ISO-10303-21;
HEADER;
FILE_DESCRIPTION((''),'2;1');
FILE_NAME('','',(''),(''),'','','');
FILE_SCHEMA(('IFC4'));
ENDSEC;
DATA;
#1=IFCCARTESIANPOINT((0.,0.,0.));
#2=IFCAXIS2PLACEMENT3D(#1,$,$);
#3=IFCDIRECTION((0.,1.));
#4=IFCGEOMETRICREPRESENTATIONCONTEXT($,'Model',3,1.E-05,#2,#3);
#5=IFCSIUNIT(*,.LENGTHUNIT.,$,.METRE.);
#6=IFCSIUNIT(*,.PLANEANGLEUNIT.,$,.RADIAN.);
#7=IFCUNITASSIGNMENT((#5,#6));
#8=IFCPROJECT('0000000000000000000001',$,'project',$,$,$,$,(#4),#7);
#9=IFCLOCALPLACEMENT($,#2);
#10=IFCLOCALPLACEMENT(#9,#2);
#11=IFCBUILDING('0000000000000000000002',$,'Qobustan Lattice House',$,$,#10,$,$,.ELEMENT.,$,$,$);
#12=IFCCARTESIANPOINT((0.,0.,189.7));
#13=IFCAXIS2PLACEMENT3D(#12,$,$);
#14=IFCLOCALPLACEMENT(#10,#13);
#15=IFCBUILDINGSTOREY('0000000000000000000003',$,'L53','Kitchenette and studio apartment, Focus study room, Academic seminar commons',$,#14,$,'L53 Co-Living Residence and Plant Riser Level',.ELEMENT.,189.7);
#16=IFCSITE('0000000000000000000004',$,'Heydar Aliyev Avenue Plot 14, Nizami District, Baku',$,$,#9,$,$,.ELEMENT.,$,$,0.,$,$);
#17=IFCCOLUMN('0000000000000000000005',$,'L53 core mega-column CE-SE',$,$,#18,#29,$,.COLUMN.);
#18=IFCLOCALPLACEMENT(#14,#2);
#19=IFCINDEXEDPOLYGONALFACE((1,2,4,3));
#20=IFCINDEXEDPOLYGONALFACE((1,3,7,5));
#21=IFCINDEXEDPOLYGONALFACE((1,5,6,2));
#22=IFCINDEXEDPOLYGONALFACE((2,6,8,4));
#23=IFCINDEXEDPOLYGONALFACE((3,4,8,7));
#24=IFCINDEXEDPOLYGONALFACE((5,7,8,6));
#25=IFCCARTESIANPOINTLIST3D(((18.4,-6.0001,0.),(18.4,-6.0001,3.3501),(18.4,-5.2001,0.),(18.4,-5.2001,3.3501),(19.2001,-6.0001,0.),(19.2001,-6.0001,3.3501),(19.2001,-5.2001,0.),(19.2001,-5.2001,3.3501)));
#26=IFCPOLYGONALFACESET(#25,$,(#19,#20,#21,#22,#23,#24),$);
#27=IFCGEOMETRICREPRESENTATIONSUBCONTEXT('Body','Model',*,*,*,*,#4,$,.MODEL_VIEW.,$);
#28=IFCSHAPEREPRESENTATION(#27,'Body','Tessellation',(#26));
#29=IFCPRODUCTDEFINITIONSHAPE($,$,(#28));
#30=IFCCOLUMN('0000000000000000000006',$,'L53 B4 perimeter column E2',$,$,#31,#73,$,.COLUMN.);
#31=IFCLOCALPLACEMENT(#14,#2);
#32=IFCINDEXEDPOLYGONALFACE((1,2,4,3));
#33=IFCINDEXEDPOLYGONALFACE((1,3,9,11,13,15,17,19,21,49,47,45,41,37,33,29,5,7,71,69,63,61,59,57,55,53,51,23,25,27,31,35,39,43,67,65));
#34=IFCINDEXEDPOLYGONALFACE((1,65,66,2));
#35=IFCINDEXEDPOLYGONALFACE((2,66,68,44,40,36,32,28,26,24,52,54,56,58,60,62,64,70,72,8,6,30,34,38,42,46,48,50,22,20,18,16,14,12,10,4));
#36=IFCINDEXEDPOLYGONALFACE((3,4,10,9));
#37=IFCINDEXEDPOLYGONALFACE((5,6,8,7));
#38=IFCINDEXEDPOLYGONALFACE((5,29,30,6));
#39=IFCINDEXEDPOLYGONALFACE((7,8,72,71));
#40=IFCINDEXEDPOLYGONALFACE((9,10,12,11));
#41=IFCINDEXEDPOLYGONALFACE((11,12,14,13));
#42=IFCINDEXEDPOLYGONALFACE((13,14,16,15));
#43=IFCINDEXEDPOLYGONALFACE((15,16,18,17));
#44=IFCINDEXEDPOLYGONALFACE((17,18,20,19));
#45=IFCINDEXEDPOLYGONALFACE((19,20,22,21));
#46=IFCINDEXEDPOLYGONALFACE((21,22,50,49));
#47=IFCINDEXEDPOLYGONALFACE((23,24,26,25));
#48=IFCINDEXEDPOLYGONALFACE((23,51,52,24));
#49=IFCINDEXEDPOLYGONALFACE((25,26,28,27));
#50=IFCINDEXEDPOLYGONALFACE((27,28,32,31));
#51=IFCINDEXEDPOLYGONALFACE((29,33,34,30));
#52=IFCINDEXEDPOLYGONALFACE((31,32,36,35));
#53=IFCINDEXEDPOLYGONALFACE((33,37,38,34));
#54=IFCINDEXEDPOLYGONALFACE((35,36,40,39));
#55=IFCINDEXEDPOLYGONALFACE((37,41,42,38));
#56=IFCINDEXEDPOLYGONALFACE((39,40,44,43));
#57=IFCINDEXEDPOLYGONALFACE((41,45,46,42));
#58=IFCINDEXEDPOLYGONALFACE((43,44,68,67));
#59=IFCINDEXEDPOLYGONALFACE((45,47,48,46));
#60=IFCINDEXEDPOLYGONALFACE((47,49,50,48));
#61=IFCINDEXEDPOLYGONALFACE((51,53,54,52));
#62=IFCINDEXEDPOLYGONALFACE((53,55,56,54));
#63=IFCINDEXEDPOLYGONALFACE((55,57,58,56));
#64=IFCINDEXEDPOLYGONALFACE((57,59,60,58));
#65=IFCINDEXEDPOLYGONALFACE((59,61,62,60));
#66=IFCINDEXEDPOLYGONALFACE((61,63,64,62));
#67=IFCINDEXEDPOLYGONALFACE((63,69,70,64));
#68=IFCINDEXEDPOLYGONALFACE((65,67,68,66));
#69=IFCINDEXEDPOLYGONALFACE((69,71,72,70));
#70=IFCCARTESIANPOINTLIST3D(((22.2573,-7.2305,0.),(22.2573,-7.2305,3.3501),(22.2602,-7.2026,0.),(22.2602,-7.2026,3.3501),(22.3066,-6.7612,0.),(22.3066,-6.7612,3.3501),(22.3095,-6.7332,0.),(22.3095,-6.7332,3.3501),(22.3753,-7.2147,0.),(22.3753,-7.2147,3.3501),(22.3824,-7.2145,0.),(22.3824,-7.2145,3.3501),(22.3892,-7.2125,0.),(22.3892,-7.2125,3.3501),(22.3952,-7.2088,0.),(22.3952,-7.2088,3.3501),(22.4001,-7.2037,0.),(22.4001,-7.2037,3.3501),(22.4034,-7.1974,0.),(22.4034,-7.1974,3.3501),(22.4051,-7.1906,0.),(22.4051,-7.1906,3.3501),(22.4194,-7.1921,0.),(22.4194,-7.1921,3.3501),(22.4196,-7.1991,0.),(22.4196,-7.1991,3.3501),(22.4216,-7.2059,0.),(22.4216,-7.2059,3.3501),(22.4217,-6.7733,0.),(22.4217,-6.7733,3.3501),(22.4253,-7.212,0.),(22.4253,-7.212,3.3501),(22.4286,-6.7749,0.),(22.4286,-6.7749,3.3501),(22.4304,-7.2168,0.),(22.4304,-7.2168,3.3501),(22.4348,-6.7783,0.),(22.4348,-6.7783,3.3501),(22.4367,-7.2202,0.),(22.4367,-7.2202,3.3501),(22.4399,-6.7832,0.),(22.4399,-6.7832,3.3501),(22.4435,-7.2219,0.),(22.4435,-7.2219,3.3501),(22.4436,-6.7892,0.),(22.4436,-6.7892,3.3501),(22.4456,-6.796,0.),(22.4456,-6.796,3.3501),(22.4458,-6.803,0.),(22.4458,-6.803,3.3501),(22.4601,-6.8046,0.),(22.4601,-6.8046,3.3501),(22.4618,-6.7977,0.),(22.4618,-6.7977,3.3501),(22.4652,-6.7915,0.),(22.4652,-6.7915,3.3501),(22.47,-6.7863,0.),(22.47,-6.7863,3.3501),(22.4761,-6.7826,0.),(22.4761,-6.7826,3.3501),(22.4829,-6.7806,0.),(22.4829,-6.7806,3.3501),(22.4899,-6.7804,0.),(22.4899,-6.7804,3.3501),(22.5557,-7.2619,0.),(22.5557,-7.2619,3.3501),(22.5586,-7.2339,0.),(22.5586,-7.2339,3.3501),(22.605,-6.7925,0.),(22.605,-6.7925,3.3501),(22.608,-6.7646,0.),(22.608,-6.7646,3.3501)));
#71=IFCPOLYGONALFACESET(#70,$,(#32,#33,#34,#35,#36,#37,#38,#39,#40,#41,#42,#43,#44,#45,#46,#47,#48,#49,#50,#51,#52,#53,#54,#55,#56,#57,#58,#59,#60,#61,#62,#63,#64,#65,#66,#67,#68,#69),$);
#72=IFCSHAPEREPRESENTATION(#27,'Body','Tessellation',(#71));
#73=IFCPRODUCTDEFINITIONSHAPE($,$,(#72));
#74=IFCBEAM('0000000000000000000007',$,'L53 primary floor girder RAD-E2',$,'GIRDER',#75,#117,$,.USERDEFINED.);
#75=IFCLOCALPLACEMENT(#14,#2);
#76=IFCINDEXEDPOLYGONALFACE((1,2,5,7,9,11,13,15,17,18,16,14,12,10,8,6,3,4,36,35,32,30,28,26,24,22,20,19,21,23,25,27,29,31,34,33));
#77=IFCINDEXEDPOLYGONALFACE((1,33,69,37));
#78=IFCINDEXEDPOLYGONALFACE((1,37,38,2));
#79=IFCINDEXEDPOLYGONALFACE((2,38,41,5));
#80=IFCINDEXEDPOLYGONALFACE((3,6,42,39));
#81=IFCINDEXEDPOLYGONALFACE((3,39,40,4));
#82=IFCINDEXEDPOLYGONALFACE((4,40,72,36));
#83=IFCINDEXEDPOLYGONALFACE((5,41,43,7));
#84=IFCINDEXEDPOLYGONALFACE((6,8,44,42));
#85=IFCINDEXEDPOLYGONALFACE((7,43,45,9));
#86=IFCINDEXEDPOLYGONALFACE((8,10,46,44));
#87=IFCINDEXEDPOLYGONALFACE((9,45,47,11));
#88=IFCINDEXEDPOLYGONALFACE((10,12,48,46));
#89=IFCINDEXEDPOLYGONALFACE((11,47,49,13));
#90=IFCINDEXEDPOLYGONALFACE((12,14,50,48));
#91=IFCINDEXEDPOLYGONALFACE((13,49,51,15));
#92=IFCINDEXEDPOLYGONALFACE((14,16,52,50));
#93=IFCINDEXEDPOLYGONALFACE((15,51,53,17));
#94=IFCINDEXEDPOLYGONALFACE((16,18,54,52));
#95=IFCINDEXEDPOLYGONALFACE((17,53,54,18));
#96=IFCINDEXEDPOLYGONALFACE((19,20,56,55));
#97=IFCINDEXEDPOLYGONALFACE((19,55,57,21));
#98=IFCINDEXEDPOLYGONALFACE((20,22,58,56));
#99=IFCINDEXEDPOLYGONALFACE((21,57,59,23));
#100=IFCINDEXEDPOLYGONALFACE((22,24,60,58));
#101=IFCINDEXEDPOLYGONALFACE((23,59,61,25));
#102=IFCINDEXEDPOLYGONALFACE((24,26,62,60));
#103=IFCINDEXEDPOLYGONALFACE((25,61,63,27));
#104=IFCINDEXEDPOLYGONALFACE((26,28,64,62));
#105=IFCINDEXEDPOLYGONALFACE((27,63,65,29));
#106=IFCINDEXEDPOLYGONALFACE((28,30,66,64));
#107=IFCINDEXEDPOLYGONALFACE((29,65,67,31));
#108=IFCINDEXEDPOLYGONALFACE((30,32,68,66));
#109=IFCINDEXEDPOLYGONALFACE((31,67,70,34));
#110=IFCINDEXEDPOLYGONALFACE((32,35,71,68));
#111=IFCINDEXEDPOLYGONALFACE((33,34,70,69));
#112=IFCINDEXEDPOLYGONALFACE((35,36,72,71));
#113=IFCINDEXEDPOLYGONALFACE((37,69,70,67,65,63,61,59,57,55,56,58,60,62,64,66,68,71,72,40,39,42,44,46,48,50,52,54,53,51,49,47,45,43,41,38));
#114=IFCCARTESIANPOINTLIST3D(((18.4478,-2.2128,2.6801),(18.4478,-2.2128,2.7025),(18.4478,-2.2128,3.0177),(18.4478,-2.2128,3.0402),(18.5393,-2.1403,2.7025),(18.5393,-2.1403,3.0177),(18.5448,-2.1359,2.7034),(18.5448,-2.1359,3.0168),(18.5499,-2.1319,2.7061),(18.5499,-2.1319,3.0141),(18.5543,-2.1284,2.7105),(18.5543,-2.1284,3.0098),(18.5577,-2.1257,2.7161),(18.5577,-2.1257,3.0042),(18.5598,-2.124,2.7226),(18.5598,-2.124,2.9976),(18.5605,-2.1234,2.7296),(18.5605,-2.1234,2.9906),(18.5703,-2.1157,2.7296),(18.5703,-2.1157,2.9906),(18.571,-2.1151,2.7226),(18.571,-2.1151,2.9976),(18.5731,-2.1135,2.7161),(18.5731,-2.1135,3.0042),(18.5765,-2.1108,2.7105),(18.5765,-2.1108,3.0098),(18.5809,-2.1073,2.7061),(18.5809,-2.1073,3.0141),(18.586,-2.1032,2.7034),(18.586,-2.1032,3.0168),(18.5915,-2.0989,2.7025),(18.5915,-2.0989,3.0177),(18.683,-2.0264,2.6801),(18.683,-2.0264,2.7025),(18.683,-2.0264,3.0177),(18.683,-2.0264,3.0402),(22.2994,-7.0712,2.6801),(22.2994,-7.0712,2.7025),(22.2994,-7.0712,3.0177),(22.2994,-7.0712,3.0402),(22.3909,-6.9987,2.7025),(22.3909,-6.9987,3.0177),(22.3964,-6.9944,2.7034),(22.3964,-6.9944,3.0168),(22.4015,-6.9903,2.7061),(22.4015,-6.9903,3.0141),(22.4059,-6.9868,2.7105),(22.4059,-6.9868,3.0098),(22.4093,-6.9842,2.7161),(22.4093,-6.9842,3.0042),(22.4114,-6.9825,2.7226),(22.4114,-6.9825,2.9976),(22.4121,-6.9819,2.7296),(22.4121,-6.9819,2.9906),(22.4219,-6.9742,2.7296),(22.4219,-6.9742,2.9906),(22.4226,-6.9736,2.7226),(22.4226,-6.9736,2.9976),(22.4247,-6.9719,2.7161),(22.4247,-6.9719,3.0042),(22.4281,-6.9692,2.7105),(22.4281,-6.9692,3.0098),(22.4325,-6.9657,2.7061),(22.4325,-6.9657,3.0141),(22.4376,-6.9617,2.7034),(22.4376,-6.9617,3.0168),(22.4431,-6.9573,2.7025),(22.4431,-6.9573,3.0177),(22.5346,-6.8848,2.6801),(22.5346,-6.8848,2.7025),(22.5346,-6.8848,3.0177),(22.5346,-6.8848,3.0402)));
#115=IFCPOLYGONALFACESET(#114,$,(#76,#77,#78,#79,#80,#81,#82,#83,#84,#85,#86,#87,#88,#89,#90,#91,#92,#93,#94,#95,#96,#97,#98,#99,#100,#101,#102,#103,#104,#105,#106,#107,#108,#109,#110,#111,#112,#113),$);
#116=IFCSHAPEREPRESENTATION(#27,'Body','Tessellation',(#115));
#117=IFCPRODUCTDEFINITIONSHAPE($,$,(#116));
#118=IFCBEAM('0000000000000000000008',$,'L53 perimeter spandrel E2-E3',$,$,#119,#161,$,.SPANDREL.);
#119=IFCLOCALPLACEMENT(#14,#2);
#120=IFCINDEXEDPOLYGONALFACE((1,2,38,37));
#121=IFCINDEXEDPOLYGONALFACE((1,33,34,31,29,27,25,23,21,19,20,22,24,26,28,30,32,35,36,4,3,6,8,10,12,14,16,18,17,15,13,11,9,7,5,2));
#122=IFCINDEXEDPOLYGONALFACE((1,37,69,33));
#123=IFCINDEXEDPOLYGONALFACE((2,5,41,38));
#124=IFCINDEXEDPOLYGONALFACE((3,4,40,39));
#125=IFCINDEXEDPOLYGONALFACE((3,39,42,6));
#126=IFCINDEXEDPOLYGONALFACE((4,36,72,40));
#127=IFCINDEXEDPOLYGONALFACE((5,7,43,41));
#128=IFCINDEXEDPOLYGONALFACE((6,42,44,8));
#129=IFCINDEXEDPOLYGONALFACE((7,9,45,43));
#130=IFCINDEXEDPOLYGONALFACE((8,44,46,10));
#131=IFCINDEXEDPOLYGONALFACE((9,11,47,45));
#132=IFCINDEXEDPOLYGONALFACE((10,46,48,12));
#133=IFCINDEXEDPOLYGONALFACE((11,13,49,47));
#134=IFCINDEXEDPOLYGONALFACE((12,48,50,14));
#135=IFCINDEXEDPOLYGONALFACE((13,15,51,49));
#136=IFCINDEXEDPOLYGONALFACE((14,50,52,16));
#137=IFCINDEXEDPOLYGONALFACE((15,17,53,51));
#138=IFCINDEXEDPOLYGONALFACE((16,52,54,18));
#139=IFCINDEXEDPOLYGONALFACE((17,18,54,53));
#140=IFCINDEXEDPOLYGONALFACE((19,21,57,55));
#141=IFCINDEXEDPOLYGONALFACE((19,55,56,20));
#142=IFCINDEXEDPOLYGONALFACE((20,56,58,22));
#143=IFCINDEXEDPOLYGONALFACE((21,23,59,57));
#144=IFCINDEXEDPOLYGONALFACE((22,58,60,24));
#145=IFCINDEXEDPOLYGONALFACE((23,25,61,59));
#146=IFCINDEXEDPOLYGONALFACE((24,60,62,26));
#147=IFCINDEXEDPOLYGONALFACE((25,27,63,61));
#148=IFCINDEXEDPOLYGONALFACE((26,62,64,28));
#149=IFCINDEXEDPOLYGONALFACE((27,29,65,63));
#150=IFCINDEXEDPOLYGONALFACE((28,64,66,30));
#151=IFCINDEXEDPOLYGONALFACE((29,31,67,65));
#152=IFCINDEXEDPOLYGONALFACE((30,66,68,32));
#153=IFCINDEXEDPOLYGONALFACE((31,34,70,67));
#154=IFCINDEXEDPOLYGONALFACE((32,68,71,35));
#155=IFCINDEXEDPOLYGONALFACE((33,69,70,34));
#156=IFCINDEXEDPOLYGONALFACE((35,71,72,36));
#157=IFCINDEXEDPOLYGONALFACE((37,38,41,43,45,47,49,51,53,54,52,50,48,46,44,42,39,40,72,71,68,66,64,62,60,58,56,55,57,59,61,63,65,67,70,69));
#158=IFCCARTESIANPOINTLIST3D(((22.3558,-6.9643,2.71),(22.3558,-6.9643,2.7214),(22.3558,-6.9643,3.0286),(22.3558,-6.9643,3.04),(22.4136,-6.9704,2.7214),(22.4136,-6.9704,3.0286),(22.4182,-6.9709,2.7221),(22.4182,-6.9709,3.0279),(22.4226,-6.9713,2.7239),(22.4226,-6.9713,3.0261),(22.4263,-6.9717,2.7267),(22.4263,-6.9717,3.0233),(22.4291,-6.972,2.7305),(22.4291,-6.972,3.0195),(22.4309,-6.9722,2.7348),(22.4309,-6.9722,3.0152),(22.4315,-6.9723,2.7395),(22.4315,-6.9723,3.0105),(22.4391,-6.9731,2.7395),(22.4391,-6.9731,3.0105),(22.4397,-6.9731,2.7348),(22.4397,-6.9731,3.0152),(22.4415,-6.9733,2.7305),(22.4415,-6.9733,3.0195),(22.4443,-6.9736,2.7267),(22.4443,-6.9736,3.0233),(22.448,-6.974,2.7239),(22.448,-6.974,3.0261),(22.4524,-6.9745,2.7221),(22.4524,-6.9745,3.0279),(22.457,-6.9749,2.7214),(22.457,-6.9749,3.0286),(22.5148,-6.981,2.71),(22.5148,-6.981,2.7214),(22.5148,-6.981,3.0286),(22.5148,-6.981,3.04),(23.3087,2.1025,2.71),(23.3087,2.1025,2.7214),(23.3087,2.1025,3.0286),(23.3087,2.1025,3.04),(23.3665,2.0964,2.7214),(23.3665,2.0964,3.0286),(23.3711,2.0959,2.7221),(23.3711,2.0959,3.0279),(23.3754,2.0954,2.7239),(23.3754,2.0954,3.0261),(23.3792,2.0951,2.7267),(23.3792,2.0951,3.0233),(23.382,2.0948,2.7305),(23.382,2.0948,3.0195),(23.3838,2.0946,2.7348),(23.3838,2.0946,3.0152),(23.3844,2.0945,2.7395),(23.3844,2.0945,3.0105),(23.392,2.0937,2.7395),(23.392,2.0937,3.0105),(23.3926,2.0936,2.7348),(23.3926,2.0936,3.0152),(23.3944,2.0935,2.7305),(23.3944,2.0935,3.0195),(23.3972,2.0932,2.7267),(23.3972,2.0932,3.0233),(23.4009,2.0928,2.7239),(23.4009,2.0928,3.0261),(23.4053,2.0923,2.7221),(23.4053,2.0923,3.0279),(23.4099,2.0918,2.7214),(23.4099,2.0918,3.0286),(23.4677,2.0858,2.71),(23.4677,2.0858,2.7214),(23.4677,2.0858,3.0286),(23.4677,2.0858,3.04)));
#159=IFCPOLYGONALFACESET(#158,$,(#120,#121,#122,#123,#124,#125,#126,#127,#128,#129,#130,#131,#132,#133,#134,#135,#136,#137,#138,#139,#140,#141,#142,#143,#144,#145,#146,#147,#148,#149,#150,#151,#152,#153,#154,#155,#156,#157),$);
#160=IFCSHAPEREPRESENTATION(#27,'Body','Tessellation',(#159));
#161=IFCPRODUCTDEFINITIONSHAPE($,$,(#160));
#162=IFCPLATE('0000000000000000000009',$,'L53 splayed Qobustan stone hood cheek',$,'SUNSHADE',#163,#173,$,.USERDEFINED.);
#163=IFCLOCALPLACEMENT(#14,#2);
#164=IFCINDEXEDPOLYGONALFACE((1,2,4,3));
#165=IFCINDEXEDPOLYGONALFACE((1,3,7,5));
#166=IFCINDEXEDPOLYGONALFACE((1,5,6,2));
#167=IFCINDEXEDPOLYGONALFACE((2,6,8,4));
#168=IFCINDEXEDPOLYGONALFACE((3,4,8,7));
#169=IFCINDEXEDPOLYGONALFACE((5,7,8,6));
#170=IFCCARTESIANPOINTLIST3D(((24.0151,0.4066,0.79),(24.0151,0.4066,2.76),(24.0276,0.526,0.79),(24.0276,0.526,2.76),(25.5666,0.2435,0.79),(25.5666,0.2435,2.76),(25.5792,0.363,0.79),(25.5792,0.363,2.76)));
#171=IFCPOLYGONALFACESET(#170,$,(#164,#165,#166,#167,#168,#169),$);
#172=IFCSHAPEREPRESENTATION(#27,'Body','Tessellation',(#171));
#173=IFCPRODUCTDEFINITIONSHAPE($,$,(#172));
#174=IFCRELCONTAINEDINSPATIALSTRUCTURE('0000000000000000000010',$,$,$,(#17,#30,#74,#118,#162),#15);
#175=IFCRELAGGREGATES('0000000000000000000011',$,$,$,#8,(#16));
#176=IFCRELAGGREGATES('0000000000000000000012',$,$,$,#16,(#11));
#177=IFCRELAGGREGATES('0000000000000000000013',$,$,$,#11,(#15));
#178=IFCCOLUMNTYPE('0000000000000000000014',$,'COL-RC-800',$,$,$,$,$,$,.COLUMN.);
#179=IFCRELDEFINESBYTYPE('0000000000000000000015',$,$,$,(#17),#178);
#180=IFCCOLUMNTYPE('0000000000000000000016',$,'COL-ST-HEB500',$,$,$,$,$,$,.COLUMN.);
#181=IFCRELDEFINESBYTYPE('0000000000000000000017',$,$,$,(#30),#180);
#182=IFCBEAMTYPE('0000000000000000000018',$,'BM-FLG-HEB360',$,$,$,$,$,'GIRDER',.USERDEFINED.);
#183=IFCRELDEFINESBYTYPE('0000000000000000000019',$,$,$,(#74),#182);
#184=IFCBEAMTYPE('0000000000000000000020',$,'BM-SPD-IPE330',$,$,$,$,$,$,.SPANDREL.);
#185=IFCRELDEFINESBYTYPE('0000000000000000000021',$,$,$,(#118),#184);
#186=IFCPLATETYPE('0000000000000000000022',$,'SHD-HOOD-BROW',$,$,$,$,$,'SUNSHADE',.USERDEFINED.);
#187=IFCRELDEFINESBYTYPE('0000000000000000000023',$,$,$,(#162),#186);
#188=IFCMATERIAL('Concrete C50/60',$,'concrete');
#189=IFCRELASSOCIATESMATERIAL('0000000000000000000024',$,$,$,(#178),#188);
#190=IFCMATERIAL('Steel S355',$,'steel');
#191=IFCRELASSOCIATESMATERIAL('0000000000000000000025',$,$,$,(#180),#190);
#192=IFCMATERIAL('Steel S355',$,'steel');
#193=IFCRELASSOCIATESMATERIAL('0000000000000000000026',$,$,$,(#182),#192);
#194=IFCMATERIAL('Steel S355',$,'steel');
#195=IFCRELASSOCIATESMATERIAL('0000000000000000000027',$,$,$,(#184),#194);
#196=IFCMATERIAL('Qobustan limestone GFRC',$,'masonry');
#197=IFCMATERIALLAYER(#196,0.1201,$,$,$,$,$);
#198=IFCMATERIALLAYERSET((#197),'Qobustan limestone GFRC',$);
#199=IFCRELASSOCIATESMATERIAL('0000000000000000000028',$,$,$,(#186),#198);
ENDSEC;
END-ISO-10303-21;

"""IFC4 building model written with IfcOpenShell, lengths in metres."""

from ifc_helpers import new_model, si_unit, direction, frame, origin, origin_2d, place, context, subcontext, project, spatial, rectangle, i_section, extrude, material, layer, layer_set, material_profile, profile_set, type_object, element, save


model = new_model("IFC4")

# Units and contexts
model_context = context("Model", 3, precision=1e-05, world=origin(), true_north=direction((0.0, 1.0)))
body_context = subcontext(model_context, "Body", "Model", "MODEL_VIEW")
ifc_project = project(units=[si_unit("LENGTHUNIT", "METRE"), si_unit("PLANEANGLEUNIT", "RADIAN")], contexts=[model_context])

# Site, building, storey
site_placement = place(None, origin())
site = spatial("IfcSite", under=ifc_project, at=site_placement, Name="Heydar Aliyev Avenue Plot 14, Nizami District, Baku", CompositionType="ELEMENT", RefElevation=0.0)
building_placement = place(site_placement, origin())
building = spatial("IfcBuilding", under=site, at=building_placement, Name="Qobustan Lattice House", CompositionType="ELEMENT")
storey_placement = place(building_placement, frame((0.0, 0.0, 189.7)))
storey = spatial("IfcBuildingStorey", under=building, at=storey_placement, Name="L53", Description="Kitchenette and studio apartment, Focus study room, Academic seminar commons", LongName="L53 Co-Living Residence and Plant Riser Level", CompositionType="ELEMENT", Elevation=189.7)

# Columns
ifc_material_1 = material(Name="Concrete C50/60", Category="concrete")
ifc_material_profile_1 = material_profile(ifc_material_1, rectangle(XDim=0.8, YDim=0.8, at=origin_2d()), Name="RC800x800")
ifc_profile_set_1 = profile_set([ifc_material_profile_1], Name="Concrete C50/60")
column_type_1 = type_object("IfcColumnType", Name="COL-RC-800", PredefinedType="COLUMN", material=ifc_profile_set_1)
column_1_placement = place(storey_placement, frame((18.8, -5.6001, 0.0), z_axis=(0.0, 0.0, 1.0), x_axis=(1.0, 0.0, 0.0)))
element("IfcColumn", 1, at=column_1_placement, inside=storey, type_object=column_type_1, Name="L53 core mega-column CE-SE", PredefinedType="COLUMN", context=body_context, shape_type="SweptSolid", body=[
    extrude(rectangle(XDim=0.8, YDim=0.8, at=origin_2d()), origin(), (0.0, 0.0, 1.0), 3.3501),
])
ifc_material_2 = material(Name="Steel S355", Category="steel")
ifc_material_profile_2 = material_profile(ifc_material_2, i_section(OverallWidth=0.3, OverallDepth=0.5, WebThickness=0.0144, FlangeThickness=0.0281, FilletRadius=0.0271, at=origin_2d()), Name="HEB500")
ifc_profile_set_2 = profile_set([ifc_material_profile_2], Name="Steel S355")
column_type_2 = type_object("IfcColumnType", Name="COL-ST-HEB500", PredefinedType="COLUMN", material=ifc_profile_set_2)
column_2_placement = place(storey_placement, frame((22.4326, -6.9976, 0.0), z_axis=(0.0, 0.0, 1.0), x_axis=(0.994522, -0.104528, 0.0)))
element("IfcColumn", 2, at=column_2_placement, inside=storey, type_object=column_type_2, Name="L53 B4 perimeter column E2", PredefinedType="COLUMN", context=body_context, shape_type="SweptSolid", body=[
    extrude(i_section(OverallWidth=0.3, OverallDepth=0.5, WebThickness=0.0144, FlangeThickness=0.0281, FilletRadius=0.0271, at=origin_2d()), origin(), (0.0, 0.0, 1.0), 3.3501),
])

# Beams
ifc_material_3 = material(Name="Steel S355", Category="steel")
ifc_material_profile_3 = material_profile(ifc_material_3, i_section(OverallWidth=0.3, OverallDepth=0.3601, WebThickness=0.0125, FlangeThickness=0.0225, FilletRadius=0.0271, at=origin_2d()), Name="HEB360")
ifc_profile_set_3 = profile_set([ifc_material_profile_3], Name="Steel S355")
beam_type_1 = type_object("IfcBeamType", Name="BM-FLG-HEB360", ElementType="GIRDER", PredefinedType="USERDEFINED", material=ifc_profile_set_3)
beam_1_placement = place(storey_placement, frame((22.417, -6.978, 2.8601), z_axis=(-0.621231, 0.783627, 0.0), x_axis=(-0.783627, -0.621231, 0.0)))
element("IfcBeam", 3, at=beam_1_placement, inside=storey, type_object=beam_type_1, Name="L53 primary floor girder RAD-E2", ObjectType="GIRDER", PredefinedType="USERDEFINED", context=body_context, shape_type="SweptSolid", body=[
    extrude(i_section(OverallWidth=0.3, OverallDepth=0.3601, WebThickness=0.0125, FlangeThickness=0.0225, FilletRadius=0.0271, at=origin_2d()), origin(), (0.0, 0.0, 1.0), 6.2),
])
ifc_material_4 = material(Name="Steel S355", Category="steel")
ifc_material_profile_4 = material_profile(ifc_material_4, i_section(OverallWidth=0.1599, OverallDepth=0.3301, WebThickness=0.0076, FlangeThickness=0.0115, FilletRadius=0.0181, at=origin_2d()), Name="IPE330")
ifc_profile_set_4 = profile_set([ifc_material_profile_4], Name="Steel S355")
beam_type_2 = type_object("IfcBeamType", Name="BM-SPD-IPE330", PredefinedType="SPANDREL", material=ifc_profile_set_4)
beam_2_placement = place(storey_placement, frame((22.4353, -6.9727, 2.875), z_axis=(0.104522, 0.994523, 0.0), x_axis=(-0.994523, 0.104522, 0.0)))
element("IfcBeam", 4, at=beam_2_placement, inside=storey, type_object=beam_type_2, Name="L53 perimeter spandrel E2-E3", PredefinedType="SPANDREL", context=body_context, shape_type="SweptSolid", body=[
    extrude(i_section(OverallWidth=0.1599, OverallDepth=0.3301, WebThickness=0.0076, FlangeThickness=0.0115, FilletRadius=0.0181, at=origin_2d()), origin(), (0.0, 0.0, 1.0), 9.1167),
])

# Plate
ifc_material_5 = material(Name="Qobustan limestone GFRC", Category="masonry")
ifc_layer_1 = layer(ifc_material_5, 0.1201)
ifc_layer_set_1 = layer_set([ifc_layer_1], Name="Qobustan limestone GFRC")
plate_type = type_object("IfcPlateType", Name="SHD-HOOD-BROW", ElementType="SUNSHADE", PredefinedType="USERDEFINED", material=ifc_layer_set_1)
plate_placement = place(storey_placement, frame((24.7971, 0.3848, 0.79), z_axis=(0.0, 0.0, 1.0), x_axis=(-0.104528, -0.994522, 0.0)))
element("IfcPlate", 5, at=plate_placement, inside=storey, type_object=plate_type, Name="L53 splayed Qobustan stone hood cheek", ObjectType="SUNSHADE", PredefinedType="USERDEFINED", context=body_context, shape_type="SweptSolid", body=[
    extrude(rectangle(XDim=0.1201, YDim=1.5601, at=origin_2d()), origin(), (0.0, 0.0, 1.0), 1.97),
])

save(model, "model.ifc")
